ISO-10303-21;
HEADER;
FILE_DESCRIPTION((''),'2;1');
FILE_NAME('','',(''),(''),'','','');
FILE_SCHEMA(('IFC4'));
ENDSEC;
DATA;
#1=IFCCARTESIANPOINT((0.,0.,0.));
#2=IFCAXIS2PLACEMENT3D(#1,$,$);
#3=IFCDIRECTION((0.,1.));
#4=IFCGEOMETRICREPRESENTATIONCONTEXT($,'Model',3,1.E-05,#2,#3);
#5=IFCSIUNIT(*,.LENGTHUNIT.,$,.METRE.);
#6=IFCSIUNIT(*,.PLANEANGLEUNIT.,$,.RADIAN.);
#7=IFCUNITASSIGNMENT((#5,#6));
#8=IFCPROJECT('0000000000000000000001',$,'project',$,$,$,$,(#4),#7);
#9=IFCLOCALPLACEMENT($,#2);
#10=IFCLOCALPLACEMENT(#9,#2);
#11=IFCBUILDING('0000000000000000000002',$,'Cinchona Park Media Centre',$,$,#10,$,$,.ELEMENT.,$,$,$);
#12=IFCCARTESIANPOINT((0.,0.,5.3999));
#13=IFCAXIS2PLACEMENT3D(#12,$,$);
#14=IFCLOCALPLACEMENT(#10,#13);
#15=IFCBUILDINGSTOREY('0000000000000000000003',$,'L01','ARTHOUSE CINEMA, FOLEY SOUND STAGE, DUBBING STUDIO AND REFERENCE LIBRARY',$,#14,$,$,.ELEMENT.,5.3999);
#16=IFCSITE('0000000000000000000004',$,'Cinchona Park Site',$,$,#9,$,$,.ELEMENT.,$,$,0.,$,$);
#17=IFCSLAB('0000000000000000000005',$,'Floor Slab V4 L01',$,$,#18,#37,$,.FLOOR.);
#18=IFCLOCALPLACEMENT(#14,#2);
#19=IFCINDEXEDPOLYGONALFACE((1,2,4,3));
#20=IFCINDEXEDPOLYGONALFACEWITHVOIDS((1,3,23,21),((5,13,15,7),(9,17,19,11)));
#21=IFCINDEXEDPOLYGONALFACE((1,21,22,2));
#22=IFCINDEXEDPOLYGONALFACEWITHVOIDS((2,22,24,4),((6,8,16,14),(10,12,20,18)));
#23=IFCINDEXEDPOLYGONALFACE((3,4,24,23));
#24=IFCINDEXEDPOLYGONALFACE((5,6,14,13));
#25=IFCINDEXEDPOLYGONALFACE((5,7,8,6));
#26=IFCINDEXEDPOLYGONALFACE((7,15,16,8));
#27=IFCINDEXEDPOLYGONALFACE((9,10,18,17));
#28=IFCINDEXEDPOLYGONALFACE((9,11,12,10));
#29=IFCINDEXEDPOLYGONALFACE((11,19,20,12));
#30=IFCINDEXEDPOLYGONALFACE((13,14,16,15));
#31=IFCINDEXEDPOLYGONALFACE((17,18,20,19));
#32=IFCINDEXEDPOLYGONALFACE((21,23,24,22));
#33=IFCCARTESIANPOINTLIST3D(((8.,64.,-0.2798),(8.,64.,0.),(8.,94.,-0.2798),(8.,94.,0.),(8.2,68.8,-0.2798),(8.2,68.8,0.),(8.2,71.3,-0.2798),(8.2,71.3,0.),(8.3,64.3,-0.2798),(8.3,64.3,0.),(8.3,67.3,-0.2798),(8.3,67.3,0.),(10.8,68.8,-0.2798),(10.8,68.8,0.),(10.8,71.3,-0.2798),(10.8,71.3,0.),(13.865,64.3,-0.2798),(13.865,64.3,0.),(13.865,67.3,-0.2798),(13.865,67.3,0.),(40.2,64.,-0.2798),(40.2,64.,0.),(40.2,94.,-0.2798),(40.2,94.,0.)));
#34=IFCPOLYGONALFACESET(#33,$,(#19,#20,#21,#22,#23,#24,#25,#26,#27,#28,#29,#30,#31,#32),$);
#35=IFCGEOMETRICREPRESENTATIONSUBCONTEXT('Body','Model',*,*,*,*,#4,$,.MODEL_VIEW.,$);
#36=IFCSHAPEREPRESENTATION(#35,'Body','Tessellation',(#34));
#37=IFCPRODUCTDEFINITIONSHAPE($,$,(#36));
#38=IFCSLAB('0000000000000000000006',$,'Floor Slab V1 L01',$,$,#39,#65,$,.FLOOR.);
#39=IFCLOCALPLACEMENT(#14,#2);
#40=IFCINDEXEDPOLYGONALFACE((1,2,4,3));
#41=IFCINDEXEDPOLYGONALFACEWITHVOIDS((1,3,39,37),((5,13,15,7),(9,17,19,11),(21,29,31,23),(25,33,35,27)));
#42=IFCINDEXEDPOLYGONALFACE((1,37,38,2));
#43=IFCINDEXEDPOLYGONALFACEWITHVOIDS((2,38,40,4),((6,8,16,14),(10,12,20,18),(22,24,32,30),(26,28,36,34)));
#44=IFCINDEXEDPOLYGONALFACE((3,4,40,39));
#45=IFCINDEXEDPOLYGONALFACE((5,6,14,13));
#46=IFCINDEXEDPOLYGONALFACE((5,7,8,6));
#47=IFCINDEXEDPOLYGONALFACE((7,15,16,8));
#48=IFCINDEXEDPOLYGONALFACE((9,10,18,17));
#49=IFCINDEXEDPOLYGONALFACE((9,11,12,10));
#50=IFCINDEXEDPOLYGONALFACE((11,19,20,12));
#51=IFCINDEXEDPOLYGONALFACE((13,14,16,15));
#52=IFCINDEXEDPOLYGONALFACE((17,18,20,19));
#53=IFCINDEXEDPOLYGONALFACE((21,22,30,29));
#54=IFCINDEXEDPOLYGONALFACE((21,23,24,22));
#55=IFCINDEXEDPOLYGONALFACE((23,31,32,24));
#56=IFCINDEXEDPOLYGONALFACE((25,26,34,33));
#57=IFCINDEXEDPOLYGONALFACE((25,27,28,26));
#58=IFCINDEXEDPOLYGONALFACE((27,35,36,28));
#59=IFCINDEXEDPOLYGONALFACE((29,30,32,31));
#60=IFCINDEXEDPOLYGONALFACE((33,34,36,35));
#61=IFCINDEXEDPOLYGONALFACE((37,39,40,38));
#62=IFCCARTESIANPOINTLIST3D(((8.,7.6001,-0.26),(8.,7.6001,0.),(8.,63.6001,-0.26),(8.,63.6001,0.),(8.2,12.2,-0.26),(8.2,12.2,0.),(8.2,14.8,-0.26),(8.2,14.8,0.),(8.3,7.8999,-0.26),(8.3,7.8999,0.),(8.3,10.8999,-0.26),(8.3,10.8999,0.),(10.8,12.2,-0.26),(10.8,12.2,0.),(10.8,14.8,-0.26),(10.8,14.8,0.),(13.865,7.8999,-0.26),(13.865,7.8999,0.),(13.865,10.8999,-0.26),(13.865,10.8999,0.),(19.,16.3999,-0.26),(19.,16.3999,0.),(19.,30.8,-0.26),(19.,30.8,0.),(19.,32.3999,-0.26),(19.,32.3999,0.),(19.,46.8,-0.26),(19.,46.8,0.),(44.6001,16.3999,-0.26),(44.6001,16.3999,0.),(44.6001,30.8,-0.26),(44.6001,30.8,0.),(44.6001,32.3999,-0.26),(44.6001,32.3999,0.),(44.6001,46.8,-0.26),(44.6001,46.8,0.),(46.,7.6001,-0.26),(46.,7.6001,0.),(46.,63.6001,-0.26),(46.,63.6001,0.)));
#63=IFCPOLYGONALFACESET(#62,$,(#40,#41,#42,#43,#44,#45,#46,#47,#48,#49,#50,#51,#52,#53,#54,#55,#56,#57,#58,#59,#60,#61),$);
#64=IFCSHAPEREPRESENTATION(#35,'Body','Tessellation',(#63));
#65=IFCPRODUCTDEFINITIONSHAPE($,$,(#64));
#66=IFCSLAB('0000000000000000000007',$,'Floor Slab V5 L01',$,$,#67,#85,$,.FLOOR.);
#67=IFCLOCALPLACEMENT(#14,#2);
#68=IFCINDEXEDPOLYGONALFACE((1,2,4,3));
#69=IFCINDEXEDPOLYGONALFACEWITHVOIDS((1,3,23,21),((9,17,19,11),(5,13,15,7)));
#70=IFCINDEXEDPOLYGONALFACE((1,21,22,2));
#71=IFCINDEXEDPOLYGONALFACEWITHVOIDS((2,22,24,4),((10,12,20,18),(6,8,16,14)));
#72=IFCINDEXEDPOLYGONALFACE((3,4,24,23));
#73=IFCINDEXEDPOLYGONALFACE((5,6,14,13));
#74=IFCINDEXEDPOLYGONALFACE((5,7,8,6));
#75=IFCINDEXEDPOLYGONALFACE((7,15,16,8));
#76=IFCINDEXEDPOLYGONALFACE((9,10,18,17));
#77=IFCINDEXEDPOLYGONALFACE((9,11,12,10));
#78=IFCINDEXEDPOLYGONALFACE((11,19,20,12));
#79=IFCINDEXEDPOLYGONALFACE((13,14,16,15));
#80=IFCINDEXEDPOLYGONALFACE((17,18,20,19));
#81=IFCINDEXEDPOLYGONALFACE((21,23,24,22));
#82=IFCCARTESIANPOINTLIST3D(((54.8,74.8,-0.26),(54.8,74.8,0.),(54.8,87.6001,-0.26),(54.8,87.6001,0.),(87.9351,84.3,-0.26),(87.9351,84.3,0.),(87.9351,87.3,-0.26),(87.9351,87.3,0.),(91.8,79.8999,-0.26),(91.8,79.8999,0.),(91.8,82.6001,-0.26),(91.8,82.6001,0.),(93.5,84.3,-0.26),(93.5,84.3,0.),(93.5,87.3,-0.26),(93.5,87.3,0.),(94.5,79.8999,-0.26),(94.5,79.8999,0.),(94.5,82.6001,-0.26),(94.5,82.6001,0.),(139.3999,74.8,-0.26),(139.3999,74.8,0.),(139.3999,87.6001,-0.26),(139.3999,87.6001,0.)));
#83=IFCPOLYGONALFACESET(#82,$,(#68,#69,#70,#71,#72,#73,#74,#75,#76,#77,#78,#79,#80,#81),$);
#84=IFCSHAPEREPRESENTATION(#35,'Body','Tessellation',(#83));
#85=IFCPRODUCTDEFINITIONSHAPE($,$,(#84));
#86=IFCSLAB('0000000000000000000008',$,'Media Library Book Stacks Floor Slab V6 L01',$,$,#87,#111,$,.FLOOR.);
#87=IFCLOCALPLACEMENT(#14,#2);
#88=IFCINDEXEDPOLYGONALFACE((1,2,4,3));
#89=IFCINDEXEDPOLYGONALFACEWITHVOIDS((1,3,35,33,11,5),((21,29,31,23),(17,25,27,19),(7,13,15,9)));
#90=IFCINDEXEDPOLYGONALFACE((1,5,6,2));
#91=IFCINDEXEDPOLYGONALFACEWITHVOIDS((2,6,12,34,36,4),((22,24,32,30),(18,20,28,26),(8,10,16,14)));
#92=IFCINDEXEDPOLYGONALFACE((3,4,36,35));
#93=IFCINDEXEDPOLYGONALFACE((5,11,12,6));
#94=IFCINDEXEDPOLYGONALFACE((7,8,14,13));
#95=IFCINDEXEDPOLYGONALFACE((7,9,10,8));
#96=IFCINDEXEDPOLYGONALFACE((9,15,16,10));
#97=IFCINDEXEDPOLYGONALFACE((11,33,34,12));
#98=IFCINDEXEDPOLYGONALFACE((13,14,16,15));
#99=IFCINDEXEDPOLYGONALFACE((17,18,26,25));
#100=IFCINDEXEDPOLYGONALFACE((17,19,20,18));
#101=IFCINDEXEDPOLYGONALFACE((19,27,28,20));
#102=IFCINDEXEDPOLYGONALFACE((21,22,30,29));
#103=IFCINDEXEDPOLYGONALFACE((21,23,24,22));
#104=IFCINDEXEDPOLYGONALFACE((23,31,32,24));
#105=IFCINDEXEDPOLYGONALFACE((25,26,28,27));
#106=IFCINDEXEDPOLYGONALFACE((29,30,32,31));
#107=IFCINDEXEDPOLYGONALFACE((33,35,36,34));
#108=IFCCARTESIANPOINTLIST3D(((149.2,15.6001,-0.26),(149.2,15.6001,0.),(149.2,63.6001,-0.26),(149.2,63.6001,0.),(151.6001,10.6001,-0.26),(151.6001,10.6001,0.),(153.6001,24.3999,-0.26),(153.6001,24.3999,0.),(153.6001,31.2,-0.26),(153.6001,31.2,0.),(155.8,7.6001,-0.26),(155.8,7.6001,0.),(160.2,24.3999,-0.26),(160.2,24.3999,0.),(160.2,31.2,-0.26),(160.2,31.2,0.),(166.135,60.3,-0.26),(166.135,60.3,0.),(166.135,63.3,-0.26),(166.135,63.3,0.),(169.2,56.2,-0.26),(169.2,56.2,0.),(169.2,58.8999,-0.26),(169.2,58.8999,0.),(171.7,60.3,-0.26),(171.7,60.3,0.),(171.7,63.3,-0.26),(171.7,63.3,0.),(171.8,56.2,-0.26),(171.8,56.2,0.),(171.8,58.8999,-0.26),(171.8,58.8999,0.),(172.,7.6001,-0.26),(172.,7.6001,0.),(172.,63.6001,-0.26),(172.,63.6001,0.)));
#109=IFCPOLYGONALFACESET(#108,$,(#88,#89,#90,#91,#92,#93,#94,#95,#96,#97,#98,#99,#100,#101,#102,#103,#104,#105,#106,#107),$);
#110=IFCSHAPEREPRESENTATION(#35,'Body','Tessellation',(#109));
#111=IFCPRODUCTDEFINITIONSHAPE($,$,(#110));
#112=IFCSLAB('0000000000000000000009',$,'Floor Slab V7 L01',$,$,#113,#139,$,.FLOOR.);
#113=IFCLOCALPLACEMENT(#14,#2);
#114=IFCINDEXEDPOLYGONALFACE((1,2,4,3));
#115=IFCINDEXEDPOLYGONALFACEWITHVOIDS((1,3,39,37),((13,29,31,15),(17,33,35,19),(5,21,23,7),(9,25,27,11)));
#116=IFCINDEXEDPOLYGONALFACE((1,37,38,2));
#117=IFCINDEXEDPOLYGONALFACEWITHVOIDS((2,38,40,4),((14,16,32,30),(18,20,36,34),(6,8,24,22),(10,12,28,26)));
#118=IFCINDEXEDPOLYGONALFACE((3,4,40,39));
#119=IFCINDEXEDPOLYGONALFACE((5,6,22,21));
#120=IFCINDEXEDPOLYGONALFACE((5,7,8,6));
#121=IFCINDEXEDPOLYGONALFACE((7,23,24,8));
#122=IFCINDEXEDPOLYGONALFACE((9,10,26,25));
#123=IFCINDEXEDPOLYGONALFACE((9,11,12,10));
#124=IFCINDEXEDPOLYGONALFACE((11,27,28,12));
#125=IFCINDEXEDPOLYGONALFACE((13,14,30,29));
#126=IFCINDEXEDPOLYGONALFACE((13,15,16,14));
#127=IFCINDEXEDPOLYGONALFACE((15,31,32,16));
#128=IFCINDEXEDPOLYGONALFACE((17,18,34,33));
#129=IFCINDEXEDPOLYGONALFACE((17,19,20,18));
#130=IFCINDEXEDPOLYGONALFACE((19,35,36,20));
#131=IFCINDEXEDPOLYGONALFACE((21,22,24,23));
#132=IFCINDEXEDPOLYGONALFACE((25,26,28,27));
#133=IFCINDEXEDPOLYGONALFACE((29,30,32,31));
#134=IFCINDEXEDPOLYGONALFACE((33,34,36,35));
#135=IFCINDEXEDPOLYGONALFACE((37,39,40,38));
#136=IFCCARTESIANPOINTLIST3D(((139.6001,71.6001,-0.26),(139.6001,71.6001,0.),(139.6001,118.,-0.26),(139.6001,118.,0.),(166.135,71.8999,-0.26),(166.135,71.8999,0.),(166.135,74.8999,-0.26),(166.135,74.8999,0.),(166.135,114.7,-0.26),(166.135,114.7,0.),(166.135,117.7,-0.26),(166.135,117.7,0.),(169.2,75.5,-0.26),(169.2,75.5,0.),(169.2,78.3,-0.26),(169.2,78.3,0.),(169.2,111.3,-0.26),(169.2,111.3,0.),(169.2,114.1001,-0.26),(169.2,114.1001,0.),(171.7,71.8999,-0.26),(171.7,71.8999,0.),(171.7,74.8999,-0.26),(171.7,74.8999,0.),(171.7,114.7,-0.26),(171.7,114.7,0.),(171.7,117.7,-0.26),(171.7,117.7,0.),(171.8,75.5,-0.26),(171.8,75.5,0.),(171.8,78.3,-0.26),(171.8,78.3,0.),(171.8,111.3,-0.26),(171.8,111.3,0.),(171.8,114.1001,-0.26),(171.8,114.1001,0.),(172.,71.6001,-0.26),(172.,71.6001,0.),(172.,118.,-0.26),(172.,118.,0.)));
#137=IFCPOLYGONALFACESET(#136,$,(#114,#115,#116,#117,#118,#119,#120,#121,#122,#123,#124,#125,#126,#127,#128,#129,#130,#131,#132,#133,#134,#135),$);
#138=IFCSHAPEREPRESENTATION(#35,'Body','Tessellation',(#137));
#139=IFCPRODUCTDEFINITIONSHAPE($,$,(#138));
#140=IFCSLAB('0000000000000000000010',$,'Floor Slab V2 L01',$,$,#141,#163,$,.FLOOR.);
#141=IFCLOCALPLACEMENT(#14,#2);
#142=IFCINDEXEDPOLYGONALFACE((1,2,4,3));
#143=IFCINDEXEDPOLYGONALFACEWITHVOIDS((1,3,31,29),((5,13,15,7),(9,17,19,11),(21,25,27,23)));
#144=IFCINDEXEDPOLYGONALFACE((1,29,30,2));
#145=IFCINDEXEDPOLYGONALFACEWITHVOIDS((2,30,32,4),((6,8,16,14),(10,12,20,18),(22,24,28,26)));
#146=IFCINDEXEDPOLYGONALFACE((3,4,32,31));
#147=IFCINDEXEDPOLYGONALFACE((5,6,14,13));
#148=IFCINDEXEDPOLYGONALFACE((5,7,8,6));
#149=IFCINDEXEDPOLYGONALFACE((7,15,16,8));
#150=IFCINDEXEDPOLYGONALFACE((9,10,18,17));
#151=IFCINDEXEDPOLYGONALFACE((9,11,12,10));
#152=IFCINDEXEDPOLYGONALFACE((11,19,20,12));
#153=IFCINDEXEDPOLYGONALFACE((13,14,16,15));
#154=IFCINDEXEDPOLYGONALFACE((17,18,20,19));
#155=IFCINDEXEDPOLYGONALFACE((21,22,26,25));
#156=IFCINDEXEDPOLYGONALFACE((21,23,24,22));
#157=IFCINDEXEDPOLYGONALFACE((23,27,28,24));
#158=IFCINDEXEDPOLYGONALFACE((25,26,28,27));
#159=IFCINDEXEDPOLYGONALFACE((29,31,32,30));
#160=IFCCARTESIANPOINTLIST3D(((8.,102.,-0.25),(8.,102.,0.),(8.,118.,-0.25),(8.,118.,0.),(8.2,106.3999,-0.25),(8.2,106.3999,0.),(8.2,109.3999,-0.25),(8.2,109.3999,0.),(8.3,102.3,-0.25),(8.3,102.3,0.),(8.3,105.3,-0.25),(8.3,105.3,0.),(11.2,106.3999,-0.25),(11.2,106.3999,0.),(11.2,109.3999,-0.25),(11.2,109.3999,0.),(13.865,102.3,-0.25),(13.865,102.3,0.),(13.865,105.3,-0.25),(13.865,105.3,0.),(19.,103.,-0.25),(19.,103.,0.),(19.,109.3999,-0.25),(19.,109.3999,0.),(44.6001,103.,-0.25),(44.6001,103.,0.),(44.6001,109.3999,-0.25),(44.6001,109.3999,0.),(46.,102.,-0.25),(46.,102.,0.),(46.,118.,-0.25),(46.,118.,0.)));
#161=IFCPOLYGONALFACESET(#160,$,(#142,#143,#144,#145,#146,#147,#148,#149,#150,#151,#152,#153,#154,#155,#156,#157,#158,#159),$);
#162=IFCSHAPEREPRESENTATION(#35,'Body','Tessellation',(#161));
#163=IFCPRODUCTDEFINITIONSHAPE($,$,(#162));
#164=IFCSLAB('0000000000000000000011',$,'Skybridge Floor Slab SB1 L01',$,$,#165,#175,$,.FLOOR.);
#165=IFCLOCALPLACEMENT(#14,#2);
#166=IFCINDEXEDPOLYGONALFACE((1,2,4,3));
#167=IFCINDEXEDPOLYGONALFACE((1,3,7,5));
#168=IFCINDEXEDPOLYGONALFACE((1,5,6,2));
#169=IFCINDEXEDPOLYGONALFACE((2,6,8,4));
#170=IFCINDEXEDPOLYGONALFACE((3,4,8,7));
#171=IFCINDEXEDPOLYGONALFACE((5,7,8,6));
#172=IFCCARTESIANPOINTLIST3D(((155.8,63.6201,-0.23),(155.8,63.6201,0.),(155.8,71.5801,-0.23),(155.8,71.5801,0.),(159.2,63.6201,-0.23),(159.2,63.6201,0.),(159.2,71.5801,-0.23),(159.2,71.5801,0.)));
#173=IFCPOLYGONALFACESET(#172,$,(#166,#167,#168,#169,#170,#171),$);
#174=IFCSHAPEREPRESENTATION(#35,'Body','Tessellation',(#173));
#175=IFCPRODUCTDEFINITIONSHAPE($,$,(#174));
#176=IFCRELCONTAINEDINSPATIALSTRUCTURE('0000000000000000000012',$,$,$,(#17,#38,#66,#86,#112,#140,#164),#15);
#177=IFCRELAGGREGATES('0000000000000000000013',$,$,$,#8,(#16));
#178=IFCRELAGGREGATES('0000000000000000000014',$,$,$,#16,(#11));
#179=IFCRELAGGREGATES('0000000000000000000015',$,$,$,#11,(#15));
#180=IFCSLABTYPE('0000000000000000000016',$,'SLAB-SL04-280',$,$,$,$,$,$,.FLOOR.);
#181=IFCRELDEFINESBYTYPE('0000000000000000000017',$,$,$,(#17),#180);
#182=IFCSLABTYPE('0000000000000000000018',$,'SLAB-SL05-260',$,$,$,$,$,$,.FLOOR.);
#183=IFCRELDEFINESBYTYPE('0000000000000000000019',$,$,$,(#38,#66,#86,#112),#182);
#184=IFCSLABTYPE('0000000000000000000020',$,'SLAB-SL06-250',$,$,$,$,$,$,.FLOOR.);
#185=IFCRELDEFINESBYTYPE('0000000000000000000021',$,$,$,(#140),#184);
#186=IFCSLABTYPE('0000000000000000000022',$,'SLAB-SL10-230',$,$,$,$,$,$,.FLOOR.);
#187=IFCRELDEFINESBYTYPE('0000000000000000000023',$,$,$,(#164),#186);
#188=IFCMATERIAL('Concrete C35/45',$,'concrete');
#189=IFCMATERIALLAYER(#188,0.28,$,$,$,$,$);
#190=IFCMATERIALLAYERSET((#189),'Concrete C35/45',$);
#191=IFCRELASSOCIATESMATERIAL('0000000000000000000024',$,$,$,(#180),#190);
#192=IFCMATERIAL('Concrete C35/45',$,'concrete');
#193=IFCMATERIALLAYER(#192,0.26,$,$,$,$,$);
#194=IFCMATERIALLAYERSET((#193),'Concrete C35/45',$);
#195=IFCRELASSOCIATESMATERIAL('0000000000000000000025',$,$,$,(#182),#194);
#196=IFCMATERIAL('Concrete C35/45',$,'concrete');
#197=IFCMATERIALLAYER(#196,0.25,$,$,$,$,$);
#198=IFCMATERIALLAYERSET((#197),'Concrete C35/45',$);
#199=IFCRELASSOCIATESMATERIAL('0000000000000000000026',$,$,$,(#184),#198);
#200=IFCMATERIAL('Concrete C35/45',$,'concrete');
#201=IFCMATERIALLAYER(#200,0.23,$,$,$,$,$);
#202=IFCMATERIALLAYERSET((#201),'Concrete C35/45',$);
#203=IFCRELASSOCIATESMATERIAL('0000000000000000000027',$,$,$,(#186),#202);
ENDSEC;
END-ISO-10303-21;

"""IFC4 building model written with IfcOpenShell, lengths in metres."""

from ifc_helpers import new_model, si_unit, direction, frame, origin, place, context, subcontext, project, spatial, polyline, outline, extrude, material, layer, layer_set, type_object, element, save


model = new_model("IFC4")

# Units and contexts
model_context = context("Model", 3, precision=1e-05, world=origin(), true_north=direction((0.0, 1.0)))
body_context = subcontext(model_context, "Body", "Model", "MODEL_VIEW")
ifc_project = project(units=[si_unit("LENGTHUNIT", "METRE"), si_unit("PLANEANGLEUNIT", "RADIAN")], contexts=[model_context])

# Site, building, storey
site_placement = place(None, origin())
site = spatial("IfcSite", under=ifc_project, at=site_placement, Name="Cinchona Park Site", CompositionType="ELEMENT", RefElevation=0.0)
building_placement = place(site_placement, origin())
building = spatial("IfcBuilding", under=site, at=building_placement, Name="Cinchona Park Media Centre", CompositionType="ELEMENT")
storey_placement = place(building_placement, frame((0.0, 0.0, 5.3999)))
storey = spatial("IfcBuildingStorey", under=building, at=storey_placement, Name="L01", Description="ARTHOUSE CINEMA, FOLEY SOUND STAGE, DUBBING STUDIO AND REFERENCE LIBRARY", CompositionType="ELEMENT", Elevation=5.3999)

# Slabs
ifc_material_1 = material(Name="Concrete C35/45", Category="concrete")
ifc_layer_1 = layer(ifc_material_1, 0.28)
ifc_layer_set_1 = layer_set([ifc_layer_1], Name="Concrete C35/45")
slab_type_1 = type_object("IfcSlabType", Name="SLAB-SL04-280", PredefinedType="FLOOR", material=ifc_layer_set_1)
slab_1_placement = place(storey_placement, frame((0.0, 0.0, -0.2798)))
element("IfcSlab", 1, at=slab_1_placement, inside=storey, type_object=slab_type_1, Name="Floor Slab V4 L01", PredefinedType="FLOOR", context=body_context, shape_type="SweptSolid", body=[
    extrude(outline(polyline([(8.0, 64.0), (40.2, 64.0), (40.2, 94.0), (8.0, 94.0), (8.0, 64.0)]), holes=[polyline([(8.3, 64.3), (13.865, 64.3), (13.865, 67.3), (8.3, 67.3), (8.3, 64.3)]), polyline([(8.2, 68.8), (10.8, 68.8), (10.8, 71.3), (8.2, 71.3), (8.2, 68.8)])]), origin(), (0.0, 0.0, 1.0), 0.2798),
])
ifc_material_2 = material(Name="Concrete C35/45", Category="concrete")
ifc_layer_2 = layer(ifc_material_2, 0.26)
ifc_layer_set_2 = layer_set([ifc_layer_2], Name="Concrete C35/45")
slab_type_2 = type_object("IfcSlabType", Name="SLAB-SL05-260", PredefinedType="FLOOR", material=ifc_layer_set_2)
slab_2_placement = place(storey_placement, frame((0.0, 0.0, -0.26)))
element("IfcSlab", 2, at=slab_2_placement, inside=storey, type_object=slab_type_2, Name="Floor Slab V1 L01", PredefinedType="FLOOR", context=body_context, shape_type="SweptSolid", body=[
    extrude(outline(polyline([(8.0, 7.6001), (46.0, 7.6001), (46.0, 63.6001), (8.0, 63.6001), (8.0, 7.6001)]), holes=[polyline([(8.3, 7.8999), (13.865, 7.8999), (13.865, 10.8999), (8.3, 10.8999), (8.3, 7.8999)]), polyline([(8.2, 12.2), (10.8, 12.2), (10.8, 14.8), (8.2, 14.8), (8.2, 12.2)]), polyline([(19.0, 16.3999), (44.6001, 16.3999), (44.6001, 30.8), (19.0, 30.8), (19.0, 16.3999)]), polyline([(19.0, 32.3999), (44.6001, 32.3999), (44.6001, 46.8), (19.0, 46.8), (19.0, 32.3999)])]), origin(), (0.0, 0.0, 1.0), 0.26),
])
slab_3_placement = place(storey_placement, frame((0.0, 0.0, -0.26)))
element("IfcSlab", 3, at=slab_3_placement, inside=storey, type_object=slab_type_2, Name="Floor Slab V5 L01", PredefinedType="FLOOR", context=body_context, shape_type="SweptSolid", body=[
    extrude(outline(polyline([(54.8, 74.8), (139.3999, 74.8), (139.3999, 87.6001), (54.8, 87.6001), (54.8, 74.8)]), holes=[polyline([(87.9351, 84.3), (93.5, 84.3), (93.5, 87.3), (87.9351, 87.3), (87.9351, 84.3)]), polyline([(91.8, 79.8999), (94.5, 79.8999), (94.5, 82.6001), (91.8, 82.6001), (91.8, 79.8999)])]), origin(), (0.0, 0.0, 1.0), 0.26),
])
slab_4_placement = place(storey_placement, frame((0.0, 0.0, -0.26)))
element("IfcSlab", 4, at=slab_4_placement, inside=storey, type_object=slab_type_2, Name="Media Library Book Stacks Floor Slab V6 L01", PredefinedType="FLOOR", context=body_context, shape_type="SweptSolid", body=[
    extrude(outline(polyline([(155.8, 7.6001), (172.0, 7.6001), (172.0, 63.6001), (149.2, 63.6001), (149.2, 15.6001), (151.6001, 10.6001), (155.8, 7.6001)]), holes=[polyline([(166.135, 60.3), (171.7, 60.3), (171.7, 63.3), (166.135, 63.3), (166.135, 60.3)]), polyline([(169.2, 56.2), (171.8, 56.2), (171.8, 58.8999), (169.2, 58.8999), (169.2, 56.2)]), polyline([(153.6001, 24.3999), (160.2, 24.3999), (160.2, 31.2), (153.6001, 31.2), (153.6001, 24.3999)])]), origin(), (0.0, 0.0, 1.0), 0.26),
])
slab_5_placement = place(storey_placement, frame((0.0, 0.0, -0.26)))
element("IfcSlab", 5, at=slab_5_placement, inside=storey, type_object=slab_type_2, Name="Floor Slab V7 L01", PredefinedType="FLOOR", context=body_context, shape_type="SweptSolid", body=[
    extrude(outline(polyline([(139.6001, 71.6001), (172.0, 71.6001), (172.0, 118.0), (139.6001, 118.0), (139.6001, 71.6001)]), holes=[polyline([(166.135, 71.8999), (171.7, 71.8999), (171.7, 74.8999), (166.135, 74.8999), (166.135, 71.8999)]), polyline([(169.2, 75.5), (171.8, 75.5), (171.8, 78.3), (169.2, 78.3), (169.2, 75.5)]), polyline([(166.135, 114.7), (171.7, 114.7), (171.7, 117.7), (166.135, 117.7), (166.135, 114.7)]), polyline([(169.2, 111.3), (171.8, 111.3), (171.8, 114.1001), (169.2, 114.1001), (169.2, 111.3)])]), origin(), (0.0, 0.0, 1.0), 0.26),
])
ifc_material_3 = material(Name="Concrete C35/45", Category="concrete")
ifc_layer_3 = layer(ifc_material_3, 0.25)
ifc_layer_set_3 = layer_set([ifc_layer_3], Name="Concrete C35/45")
slab_type_3 = type_object("IfcSlabType", Name="SLAB-SL06-250", PredefinedType="FLOOR", material=ifc_layer_set_3)
slab_6_placement = place(storey_placement, frame((0.0, 0.0, -0.25)))
element("IfcSlab", 6, at=slab_6_placement, inside=storey, type_object=slab_type_3, Name="Floor Slab V2 L01", PredefinedType="FLOOR", context=body_context, shape_type="SweptSolid", body=[
    extrude(outline(polyline([(8.0, 102.0), (46.0, 102.0), (46.0, 118.0), (8.0, 118.0), (8.0, 102.0)]), holes=[polyline([(8.3, 102.3), (13.865, 102.3), (13.865, 105.3), (8.3, 105.3), (8.3, 102.3)]), polyline([(8.2, 106.3999), (11.2, 106.3999), (11.2, 109.3999), (8.2, 109.3999), (8.2, 106.3999)]), polyline([(19.0, 103.0), (44.6001, 103.0), (44.6001, 109.3999), (19.0, 109.3999), (19.0, 103.0)])]), origin(), (0.0, 0.0, 1.0), 0.25),
])
ifc_material_4 = material(Name="Concrete C35/45", Category="concrete")
ifc_layer_4 = layer(ifc_material_4, 0.23)
ifc_layer_set_4 = layer_set([ifc_layer_4], Name="Concrete C35/45")
slab_type_4 = type_object("IfcSlabType", Name="SLAB-SL10-230", PredefinedType="FLOOR", material=ifc_layer_set_4)
slab_7_placement = place(storey_placement, frame((0.0, 0.0, -0.23)))
element("IfcSlab", 7, at=slab_7_placement, inside=storey, type_object=slab_type_4, Name="Skybridge Floor Slab SB1 L01", PredefinedType="FLOOR", context=body_context, shape_type="SweptSolid", body=[
    extrude(outline(polyline([(155.8, 63.6201), (159.2, 63.6201), (159.2, 71.5801), (155.8, 71.5801), (155.8, 63.6201)])), origin(), (0.0, 0.0, 1.0), 0.23),
])

save(model, "model.ifc")
